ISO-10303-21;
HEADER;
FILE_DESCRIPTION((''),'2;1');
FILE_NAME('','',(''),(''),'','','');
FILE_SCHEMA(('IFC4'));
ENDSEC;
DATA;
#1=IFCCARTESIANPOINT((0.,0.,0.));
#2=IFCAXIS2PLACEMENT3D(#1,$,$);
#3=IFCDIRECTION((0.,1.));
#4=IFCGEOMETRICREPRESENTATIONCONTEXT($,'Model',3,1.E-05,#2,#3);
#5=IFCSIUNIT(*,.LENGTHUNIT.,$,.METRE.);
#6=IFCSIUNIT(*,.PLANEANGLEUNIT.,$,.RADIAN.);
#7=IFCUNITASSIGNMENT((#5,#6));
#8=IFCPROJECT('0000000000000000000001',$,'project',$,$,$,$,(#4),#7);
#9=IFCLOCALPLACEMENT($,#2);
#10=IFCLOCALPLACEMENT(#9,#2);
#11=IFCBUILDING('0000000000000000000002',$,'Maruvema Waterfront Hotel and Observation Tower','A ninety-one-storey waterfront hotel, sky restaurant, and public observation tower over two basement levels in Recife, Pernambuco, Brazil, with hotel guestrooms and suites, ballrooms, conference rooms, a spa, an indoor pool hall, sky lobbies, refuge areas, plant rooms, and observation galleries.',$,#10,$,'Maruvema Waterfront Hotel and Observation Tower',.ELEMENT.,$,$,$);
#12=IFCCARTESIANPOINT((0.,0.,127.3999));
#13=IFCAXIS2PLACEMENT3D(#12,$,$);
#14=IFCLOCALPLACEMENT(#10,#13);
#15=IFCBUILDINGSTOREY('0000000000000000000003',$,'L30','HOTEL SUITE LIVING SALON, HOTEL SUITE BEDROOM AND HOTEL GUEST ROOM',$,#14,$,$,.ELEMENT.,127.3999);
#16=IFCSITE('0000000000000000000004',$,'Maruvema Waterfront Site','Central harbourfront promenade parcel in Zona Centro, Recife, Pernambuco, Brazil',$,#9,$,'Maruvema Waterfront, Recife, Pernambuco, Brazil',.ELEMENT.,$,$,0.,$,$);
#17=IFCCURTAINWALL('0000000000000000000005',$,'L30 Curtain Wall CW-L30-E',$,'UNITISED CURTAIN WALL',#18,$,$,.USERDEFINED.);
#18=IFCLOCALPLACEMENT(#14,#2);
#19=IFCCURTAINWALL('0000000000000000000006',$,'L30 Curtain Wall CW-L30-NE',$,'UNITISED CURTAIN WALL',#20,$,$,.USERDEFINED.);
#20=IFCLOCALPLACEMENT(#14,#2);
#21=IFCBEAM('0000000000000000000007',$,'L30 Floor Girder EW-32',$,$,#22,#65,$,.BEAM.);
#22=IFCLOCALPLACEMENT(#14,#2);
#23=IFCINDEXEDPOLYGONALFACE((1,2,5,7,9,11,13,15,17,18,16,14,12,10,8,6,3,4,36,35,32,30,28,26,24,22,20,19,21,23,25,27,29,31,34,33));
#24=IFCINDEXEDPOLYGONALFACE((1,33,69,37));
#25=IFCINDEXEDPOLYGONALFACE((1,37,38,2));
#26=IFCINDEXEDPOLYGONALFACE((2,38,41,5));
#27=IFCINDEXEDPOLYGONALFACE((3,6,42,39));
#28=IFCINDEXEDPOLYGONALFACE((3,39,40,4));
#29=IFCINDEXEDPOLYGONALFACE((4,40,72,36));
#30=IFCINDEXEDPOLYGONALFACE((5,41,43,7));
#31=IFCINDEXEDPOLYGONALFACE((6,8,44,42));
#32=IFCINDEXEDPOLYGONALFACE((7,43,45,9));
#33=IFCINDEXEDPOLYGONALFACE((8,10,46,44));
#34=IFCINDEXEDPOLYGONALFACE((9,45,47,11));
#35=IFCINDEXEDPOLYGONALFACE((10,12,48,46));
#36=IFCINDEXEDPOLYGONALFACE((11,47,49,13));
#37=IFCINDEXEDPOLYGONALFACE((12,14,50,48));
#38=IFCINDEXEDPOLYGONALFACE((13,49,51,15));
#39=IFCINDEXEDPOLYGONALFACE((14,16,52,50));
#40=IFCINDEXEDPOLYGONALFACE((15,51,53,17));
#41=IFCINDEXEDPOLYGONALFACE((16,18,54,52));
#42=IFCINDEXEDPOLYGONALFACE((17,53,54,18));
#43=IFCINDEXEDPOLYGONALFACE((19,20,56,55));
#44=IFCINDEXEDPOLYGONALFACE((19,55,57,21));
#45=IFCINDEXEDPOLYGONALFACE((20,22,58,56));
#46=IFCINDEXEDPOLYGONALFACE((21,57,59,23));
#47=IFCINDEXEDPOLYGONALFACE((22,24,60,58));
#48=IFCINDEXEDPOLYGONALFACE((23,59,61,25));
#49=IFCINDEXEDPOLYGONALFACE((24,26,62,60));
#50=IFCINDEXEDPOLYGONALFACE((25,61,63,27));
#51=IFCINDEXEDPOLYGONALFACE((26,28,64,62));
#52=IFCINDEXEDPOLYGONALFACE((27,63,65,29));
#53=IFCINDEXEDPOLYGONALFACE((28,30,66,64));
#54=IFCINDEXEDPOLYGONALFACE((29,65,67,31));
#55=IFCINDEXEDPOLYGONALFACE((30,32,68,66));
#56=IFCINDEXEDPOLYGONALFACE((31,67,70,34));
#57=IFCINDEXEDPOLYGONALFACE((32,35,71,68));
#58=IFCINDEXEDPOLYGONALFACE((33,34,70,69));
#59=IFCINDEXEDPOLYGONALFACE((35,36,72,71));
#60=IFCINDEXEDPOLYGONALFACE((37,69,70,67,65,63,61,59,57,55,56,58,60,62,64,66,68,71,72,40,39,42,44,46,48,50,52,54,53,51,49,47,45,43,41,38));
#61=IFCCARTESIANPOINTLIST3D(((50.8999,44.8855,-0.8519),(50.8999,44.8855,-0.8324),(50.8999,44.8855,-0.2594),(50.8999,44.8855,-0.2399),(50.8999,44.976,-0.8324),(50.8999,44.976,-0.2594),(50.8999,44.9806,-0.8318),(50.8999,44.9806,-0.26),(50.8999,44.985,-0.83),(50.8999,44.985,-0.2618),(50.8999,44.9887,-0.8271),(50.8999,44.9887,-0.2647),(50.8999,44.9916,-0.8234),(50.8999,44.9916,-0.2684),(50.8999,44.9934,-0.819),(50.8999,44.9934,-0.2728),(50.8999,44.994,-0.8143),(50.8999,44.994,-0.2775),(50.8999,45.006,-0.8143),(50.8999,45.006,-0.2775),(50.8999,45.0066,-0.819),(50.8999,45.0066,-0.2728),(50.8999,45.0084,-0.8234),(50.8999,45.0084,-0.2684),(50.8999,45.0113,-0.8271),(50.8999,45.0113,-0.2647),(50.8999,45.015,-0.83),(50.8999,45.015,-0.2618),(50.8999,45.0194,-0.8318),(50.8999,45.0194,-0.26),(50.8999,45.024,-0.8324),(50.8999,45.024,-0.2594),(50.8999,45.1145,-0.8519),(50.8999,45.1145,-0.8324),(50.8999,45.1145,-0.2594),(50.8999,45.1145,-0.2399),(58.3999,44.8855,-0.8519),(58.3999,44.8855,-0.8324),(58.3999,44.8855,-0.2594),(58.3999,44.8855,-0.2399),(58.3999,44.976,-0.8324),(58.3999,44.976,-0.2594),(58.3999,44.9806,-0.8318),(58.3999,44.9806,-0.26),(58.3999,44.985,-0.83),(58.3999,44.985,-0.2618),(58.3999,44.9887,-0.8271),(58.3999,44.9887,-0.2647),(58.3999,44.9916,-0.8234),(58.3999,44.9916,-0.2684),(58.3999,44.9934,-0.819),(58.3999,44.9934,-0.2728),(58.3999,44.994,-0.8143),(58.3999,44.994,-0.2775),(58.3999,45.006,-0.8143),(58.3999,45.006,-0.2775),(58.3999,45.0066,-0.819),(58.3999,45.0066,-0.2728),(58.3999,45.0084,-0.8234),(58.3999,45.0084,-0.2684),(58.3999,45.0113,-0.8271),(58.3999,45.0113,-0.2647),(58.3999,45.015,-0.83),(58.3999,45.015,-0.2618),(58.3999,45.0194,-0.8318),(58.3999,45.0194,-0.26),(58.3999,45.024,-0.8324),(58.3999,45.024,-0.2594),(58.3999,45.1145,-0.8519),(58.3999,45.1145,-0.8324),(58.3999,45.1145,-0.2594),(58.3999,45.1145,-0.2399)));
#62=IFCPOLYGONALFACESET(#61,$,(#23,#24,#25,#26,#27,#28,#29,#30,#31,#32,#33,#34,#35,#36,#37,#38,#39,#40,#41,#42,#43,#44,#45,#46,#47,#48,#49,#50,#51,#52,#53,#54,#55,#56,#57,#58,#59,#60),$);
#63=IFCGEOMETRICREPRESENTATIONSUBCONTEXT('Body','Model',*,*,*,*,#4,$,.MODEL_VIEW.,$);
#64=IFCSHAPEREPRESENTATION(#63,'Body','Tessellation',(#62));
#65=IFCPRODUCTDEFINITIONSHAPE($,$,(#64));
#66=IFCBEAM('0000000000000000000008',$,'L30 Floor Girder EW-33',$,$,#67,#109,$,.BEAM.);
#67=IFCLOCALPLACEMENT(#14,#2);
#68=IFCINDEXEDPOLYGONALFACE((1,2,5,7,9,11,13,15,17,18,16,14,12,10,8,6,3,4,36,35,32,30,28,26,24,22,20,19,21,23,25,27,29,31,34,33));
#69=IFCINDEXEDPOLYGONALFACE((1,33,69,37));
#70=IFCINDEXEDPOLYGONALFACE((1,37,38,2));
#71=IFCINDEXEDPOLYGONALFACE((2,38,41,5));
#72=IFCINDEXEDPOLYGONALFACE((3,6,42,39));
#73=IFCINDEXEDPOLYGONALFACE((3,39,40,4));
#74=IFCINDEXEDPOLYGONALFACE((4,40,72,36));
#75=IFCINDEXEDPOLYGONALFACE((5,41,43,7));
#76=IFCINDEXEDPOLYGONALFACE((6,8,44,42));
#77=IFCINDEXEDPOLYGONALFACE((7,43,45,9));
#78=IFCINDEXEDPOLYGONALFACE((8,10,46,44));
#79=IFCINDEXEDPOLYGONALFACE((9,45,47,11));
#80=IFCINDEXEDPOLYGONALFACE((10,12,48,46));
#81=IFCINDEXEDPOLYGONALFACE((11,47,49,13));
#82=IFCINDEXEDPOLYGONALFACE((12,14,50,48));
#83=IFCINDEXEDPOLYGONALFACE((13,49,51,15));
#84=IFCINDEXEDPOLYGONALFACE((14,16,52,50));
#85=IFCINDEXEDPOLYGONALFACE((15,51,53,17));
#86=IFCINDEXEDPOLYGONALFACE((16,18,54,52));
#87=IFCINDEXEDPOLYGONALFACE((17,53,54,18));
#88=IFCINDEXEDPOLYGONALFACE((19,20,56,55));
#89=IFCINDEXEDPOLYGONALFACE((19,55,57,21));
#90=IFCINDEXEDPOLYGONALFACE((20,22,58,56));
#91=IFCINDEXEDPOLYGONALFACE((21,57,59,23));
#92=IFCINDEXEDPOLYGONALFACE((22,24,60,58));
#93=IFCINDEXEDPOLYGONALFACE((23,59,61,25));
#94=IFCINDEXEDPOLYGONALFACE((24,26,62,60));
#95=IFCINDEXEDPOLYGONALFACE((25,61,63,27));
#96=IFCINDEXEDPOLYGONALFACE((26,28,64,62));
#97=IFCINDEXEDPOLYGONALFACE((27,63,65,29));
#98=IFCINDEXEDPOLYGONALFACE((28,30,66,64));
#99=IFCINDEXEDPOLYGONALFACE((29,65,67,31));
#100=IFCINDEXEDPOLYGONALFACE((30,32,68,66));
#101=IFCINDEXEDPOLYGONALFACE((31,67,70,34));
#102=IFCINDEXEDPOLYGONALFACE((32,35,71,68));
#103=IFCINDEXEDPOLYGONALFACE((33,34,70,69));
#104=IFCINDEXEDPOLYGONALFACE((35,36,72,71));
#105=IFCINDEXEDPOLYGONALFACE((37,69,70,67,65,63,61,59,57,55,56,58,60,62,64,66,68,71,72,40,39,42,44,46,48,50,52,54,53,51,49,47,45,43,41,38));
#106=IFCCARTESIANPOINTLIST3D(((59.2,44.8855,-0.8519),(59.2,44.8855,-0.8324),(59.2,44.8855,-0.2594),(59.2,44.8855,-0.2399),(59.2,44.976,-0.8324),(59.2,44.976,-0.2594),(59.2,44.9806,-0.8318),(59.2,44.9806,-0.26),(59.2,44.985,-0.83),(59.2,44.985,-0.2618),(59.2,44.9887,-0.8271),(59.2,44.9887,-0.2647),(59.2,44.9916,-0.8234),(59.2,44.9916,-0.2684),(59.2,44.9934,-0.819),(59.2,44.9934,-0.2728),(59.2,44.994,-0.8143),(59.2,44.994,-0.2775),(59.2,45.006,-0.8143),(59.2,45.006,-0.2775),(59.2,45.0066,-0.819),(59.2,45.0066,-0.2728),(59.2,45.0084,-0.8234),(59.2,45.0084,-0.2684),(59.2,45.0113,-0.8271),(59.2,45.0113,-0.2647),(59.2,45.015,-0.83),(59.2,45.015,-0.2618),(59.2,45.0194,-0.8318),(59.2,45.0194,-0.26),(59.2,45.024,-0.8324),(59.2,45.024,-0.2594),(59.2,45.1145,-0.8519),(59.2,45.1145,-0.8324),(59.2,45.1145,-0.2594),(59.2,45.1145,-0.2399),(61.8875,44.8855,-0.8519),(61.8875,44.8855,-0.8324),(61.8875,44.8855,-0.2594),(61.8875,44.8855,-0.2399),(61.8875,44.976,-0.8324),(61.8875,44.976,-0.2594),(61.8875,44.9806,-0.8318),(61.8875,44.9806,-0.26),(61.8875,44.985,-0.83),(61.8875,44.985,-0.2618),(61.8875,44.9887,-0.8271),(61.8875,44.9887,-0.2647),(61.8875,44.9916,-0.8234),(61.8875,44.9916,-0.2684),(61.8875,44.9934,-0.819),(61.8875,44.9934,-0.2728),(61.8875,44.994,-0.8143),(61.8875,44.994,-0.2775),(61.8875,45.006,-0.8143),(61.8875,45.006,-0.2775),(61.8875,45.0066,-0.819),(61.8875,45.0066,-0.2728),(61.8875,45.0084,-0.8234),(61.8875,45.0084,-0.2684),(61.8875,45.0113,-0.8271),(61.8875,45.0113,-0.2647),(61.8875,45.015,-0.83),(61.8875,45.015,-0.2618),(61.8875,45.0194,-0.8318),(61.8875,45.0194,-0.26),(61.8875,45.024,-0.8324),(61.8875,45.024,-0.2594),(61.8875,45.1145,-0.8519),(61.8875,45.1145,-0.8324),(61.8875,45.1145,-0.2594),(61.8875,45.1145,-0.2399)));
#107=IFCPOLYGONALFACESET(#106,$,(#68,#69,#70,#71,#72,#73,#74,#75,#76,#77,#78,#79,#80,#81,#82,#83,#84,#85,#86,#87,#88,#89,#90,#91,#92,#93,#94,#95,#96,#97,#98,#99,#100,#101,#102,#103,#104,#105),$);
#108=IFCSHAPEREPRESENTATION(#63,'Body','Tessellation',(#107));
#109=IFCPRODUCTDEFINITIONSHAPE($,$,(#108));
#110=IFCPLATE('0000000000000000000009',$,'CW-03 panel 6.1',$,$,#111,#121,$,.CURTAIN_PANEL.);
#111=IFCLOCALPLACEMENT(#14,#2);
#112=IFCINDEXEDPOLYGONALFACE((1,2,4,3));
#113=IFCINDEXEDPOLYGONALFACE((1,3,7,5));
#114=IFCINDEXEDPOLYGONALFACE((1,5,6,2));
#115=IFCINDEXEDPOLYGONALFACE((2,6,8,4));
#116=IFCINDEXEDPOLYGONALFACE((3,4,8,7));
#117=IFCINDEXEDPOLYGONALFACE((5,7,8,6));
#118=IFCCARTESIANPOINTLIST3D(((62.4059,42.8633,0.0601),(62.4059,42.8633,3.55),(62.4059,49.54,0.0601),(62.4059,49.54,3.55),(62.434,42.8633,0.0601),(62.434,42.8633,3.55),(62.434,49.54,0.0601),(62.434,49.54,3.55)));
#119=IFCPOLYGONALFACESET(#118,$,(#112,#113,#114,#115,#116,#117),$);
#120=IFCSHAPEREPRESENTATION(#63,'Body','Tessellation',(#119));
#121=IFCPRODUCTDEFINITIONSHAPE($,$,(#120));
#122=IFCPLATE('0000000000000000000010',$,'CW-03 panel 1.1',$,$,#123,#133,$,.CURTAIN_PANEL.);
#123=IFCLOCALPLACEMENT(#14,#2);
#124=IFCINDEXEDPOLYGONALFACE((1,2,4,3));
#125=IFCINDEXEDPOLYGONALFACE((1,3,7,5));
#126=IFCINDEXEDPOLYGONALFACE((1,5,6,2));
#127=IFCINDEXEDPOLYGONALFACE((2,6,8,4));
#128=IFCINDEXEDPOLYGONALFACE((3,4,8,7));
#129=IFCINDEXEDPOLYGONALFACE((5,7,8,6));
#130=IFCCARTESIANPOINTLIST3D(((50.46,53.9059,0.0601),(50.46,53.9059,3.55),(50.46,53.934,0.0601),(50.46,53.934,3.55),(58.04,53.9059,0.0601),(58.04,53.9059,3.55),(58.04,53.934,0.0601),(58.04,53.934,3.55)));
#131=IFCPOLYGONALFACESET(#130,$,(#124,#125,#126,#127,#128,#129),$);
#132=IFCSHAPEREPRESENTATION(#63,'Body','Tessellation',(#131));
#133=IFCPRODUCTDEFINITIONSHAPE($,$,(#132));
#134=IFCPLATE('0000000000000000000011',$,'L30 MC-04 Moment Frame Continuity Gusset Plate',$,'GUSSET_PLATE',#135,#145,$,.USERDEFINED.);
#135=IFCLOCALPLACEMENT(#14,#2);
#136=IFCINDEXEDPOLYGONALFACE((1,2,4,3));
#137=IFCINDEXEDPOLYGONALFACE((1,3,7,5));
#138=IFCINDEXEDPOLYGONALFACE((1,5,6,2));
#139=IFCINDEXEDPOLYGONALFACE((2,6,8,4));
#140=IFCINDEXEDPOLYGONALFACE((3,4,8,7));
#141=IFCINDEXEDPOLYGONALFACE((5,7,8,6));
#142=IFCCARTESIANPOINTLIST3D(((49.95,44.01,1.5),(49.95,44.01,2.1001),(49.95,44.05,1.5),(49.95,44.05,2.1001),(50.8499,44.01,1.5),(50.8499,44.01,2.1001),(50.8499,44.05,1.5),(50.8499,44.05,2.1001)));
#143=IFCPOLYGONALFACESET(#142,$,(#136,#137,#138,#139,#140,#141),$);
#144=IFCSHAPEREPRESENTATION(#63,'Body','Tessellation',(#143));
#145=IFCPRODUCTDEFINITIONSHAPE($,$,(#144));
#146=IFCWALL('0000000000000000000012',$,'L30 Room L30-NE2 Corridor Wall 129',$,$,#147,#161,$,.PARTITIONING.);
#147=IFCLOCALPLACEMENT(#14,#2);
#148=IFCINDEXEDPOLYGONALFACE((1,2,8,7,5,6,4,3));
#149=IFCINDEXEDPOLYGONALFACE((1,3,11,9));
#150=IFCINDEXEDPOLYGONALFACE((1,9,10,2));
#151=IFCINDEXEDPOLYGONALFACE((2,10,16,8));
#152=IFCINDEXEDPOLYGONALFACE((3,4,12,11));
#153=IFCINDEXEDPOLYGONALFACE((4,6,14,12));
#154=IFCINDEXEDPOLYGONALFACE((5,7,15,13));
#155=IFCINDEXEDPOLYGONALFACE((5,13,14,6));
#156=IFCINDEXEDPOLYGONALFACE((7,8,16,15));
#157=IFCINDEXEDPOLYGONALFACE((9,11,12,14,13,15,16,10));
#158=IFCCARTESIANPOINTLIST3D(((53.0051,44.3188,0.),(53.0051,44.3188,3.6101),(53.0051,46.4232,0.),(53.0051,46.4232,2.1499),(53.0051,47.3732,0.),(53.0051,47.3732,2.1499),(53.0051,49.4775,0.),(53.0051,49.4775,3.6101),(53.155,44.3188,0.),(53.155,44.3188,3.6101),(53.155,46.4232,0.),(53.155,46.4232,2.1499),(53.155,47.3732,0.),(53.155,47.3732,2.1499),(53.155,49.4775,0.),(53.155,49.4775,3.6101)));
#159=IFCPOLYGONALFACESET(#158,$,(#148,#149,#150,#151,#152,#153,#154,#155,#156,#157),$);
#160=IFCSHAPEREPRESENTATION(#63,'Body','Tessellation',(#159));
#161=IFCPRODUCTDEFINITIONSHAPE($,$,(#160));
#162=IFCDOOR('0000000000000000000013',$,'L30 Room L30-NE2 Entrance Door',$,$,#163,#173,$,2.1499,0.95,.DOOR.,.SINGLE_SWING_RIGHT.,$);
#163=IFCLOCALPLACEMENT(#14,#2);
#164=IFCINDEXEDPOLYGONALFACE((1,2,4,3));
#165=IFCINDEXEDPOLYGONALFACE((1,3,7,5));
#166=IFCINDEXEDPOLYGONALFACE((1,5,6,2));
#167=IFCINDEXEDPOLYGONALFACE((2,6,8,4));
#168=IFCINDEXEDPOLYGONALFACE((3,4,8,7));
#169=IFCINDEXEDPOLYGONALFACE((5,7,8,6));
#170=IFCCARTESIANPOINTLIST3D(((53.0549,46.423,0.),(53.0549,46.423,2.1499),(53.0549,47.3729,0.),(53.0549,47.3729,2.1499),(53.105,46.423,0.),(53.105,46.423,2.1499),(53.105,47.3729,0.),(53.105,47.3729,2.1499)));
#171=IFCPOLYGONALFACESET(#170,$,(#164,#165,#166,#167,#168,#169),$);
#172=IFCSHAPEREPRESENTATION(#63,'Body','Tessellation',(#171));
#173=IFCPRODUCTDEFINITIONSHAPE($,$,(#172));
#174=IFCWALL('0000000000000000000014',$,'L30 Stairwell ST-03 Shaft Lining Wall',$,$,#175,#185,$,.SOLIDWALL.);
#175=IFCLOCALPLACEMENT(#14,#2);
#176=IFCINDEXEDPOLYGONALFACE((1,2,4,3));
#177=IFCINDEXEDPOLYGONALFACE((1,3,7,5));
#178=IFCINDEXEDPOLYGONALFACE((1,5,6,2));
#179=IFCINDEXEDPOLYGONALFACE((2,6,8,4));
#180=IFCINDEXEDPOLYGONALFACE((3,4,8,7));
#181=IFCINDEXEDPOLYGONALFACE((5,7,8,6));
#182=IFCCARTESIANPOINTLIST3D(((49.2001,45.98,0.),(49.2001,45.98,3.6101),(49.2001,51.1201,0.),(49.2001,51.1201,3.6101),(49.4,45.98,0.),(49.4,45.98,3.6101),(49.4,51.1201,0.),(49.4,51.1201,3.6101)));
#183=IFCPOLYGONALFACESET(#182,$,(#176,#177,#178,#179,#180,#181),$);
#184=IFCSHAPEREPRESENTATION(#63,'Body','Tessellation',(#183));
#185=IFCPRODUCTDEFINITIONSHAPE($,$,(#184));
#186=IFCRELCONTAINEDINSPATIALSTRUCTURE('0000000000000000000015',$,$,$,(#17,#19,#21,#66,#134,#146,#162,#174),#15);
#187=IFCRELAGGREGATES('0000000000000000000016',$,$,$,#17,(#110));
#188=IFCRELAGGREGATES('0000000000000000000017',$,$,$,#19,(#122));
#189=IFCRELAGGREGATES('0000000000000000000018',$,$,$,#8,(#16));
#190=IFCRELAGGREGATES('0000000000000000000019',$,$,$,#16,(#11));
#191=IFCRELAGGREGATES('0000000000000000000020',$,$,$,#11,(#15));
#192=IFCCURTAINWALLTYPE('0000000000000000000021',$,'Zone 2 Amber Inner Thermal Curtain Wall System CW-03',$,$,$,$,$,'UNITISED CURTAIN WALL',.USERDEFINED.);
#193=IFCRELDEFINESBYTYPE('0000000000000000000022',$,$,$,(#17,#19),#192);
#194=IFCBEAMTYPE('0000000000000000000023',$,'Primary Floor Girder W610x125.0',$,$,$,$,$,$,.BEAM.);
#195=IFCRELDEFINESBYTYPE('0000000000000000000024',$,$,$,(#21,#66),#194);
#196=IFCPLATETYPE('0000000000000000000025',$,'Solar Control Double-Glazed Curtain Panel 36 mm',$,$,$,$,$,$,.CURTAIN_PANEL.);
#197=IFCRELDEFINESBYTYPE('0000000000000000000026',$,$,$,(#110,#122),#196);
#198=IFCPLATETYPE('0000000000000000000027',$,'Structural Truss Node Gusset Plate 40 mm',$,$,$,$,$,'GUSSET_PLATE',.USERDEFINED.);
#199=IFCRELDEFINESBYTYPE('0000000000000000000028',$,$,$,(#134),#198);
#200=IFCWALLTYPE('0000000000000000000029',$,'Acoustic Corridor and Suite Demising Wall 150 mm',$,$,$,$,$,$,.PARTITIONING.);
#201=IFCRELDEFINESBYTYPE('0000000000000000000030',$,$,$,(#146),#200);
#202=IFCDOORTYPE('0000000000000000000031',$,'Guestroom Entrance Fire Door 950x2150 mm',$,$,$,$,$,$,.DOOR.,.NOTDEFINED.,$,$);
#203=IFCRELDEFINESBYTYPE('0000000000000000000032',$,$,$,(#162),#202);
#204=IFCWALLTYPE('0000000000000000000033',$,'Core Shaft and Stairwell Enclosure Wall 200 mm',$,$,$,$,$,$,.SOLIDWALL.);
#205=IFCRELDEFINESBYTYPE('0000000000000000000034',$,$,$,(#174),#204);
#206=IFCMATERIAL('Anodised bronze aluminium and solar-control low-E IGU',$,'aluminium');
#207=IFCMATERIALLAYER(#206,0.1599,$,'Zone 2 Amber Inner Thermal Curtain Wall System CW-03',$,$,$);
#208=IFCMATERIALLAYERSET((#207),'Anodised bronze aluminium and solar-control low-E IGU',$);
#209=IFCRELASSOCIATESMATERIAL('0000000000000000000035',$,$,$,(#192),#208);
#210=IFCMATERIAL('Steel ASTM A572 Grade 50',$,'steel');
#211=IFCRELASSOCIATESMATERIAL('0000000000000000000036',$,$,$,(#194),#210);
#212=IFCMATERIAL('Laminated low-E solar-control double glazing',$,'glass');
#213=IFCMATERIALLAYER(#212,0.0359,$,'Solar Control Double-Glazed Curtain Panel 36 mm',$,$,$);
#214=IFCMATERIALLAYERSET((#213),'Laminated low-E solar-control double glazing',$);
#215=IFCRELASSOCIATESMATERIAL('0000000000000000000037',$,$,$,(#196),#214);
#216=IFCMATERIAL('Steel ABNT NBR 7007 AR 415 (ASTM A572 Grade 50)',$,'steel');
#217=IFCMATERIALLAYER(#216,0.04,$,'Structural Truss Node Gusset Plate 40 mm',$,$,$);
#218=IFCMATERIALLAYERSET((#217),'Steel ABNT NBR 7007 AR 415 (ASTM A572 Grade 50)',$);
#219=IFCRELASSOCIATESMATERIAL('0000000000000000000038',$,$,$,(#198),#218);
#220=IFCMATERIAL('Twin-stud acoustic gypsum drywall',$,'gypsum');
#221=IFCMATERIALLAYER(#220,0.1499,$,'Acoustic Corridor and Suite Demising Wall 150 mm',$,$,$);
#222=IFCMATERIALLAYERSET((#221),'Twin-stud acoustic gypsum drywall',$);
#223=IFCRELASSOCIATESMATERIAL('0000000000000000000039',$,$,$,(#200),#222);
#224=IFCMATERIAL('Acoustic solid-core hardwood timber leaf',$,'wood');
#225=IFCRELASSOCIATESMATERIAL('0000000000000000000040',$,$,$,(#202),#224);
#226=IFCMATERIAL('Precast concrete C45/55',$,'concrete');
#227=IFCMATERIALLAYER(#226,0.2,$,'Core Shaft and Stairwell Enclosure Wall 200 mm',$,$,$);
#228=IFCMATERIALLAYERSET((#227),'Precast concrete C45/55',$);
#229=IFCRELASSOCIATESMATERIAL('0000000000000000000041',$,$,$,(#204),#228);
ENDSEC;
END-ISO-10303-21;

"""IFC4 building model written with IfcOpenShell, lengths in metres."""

from ifc_helpers import new_model, si_unit, direction, frame, frame_2d, origin, origin_2d, place, context, subcontext, project, spatial, rectangle, i_section, extrude, material, layer, layer_set, material_profile, profile_set, type_object, element, fill, aggregate, save


model = new_model("IFC4")

# Units and contexts
model_context = context("Model", 3, precision=1e-05, world=origin(), true_north=direction((0.0, 1.0)))
body_context = subcontext(model_context, "Body", "Model", "MODEL_VIEW")
ifc_project = project(units=[si_unit("LENGTHUNIT", "METRE"), si_unit("PLANEANGLEUNIT", "RADIAN")], contexts=[model_context])

# Site, building, storey
site_placement = place(None, origin())
site = spatial("IfcSite", under=ifc_project, at=site_placement, Name="Maruvema Waterfront Site", Description="Central harbourfront promenade parcel in Zona Centro, Recife, Pernambuco, Brazil", LongName="Maruvema Waterfront, Recife, Pernambuco, Brazil", CompositionType="ELEMENT", RefElevation=0.0)
building_placement = place(site_placement, origin())
building = spatial("IfcBuilding", under=site, at=building_placement, Name="Maruvema Waterfront Hotel and Observation Tower", Description="A ninety-one-storey waterfront hotel, sky restaurant, and public observation tower over two basement levels in Recife, Pernambuco, Brazil, with hotel guestrooms and suites, ballrooms, conference rooms, a spa, an indoor pool hall, sky lobbies, refuge areas, plant rooms, and observation galleries.", LongName="Maruvema Waterfront Hotel and Observation Tower", CompositionType="ELEMENT")
storey_placement = place(building_placement, frame((0.0, 0.0, 127.3999)))
storey = spatial("IfcBuildingStorey", under=building, at=storey_placement, Name="L30", Description="HOTEL SUITE LIVING SALON, HOTEL SUITE BEDROOM AND HOTEL GUEST ROOM", CompositionType="ELEMENT", Elevation=127.3999)

# Curtain wall
ifc_material_1 = material(Name="Anodised bronze aluminium and solar-control low-E IGU", Category="aluminium")
ifc_layer_1 = layer(ifc_material_1, 0.1599, Name="Zone 2 Amber Inner Thermal Curtain Wall System CW-03")
ifc_layer_set_1 = layer_set([ifc_layer_1], Name="Anodised bronze aluminium and solar-control low-E IGU")
curtain_wall_type = type_object("IfcCurtainWallType", Name="Zone 2 Amber Inner Thermal Curtain Wall System CW-03", ElementType="UNITISED CURTAIN WALL", PredefinedType="USERDEFINED", material=ifc_layer_set_1)
curtain_wall_1_placement = place(storey_placement, origin())
curtain_wall_1 = element("IfcCurtainWall", 1, at=curtain_wall_1_placement, inside=storey, type_object=curtain_wall_type, Name="L30 Curtain Wall CW-L30-E", ObjectType="UNITISED CURTAIN WALL", PredefinedType="USERDEFINED")

# Curtain wall
curtain_wall_2_placement = place(storey_placement, origin())
curtain_wall_2 = element("IfcCurtainWall", 2, at=curtain_wall_2_placement, inside=storey, type_object=curtain_wall_type, Name="L30 Curtain Wall CW-L30-NE", ObjectType="UNITISED CURTAIN WALL", PredefinedType="USERDEFINED")

# Beams
ifc_material_2 = material(Name="Steel ASTM A572 Grade 50", Category="steel")
ifc_material_profile_1 = material_profile(ifc_material_2, i_section(OverallWidth=0.229, OverallDepth=0.6121, WebThickness=0.012, FlangeThickness=0.0195, FilletRadius=0.0181, at=origin_2d()), Name="W610x125.0")
ifc_profile_set_1 = profile_set([ifc_material_profile_1], Name="Steel ASTM A572 Grade 50")
beam_type = type_object("IfcBeamType", Name="Primary Floor Girder W610x125.0", PredefinedType="BEAM", material=ifc_profile_set_1)
beam_1_placement = place(storey_placement, frame((50.8999, 45.0, -0.5459), z_axis=(1.0, 0.0, 0.0), x_axis=(0.0, 1.0, 0.0)))
element("IfcBeam", 3, at=beam_1_placement, inside=storey, type_object=beam_type, Name="L30 Floor Girder EW-32", PredefinedType="BEAM", context=body_context, shape_type="SweptSolid", body=[
    extrude(i_section(OverallWidth=0.229, OverallDepth=0.6121, WebThickness=0.012, FlangeThickness=0.0195, FilletRadius=0.0181, at=origin_2d()), origin(), (0.0, 0.0, 1.0), 7.5),
])
beam_2_placement = place(storey_placement, frame((59.2, 45.0, -0.5459), z_axis=(1.0, 0.0, 0.0), x_axis=(0.0, 1.0, 0.0)))
element("IfcBeam", 4, at=beam_2_placement, inside=storey, type_object=beam_type, Name="L30 Floor Girder EW-33", PredefinedType="BEAM", context=body_context, shape_type="SweptSolid", body=[
    extrude(i_section(OverallWidth=0.229, OverallDepth=0.6121, WebThickness=0.012, FlangeThickness=0.0195, FilletRadius=0.0181, at=origin_2d()), origin(), (0.0, 0.0, 1.0), 2.6875),
])

# Plates
ifc_material_3 = material(Name="Laminated low-E solar-control double glazing", Category="glass")
ifc_layer_2 = layer(ifc_material_3, 0.0359, Name="Solar Control Double-Glazed Curtain Panel 36 mm")
ifc_layer_set_2 = layer_set([ifc_layer_2], Name="Laminated low-E solar-control double glazing")
plate_type_1 = type_object("IfcPlateType", Name="Solar Control Double-Glazed Curtain Panel 36 mm", PredefinedType="CURTAIN_PANEL", material=ifc_layer_set_2)
plate_1_placement = place(storey_placement, frame((62.4199, 46.2017, 0.0601), z_axis=(0.0, 0.0, 1.0), x_axis=(0.0, 1.0, 0.0)))
plate_1 = element("IfcPlate", 5, at=plate_1_placement, type_object=plate_type_1, Name="CW-03 panel 6.1", PredefinedType="CURTAIN_PANEL", context=body_context, shape_type="SweptSolid", body=[
    extrude(rectangle(XDim=6.6768, YDim=0.0281, at=origin_2d()), origin(), (0.0, 0.0, 1.0), 3.49),
])
aggregate(curtain_wall_1, [plate_1])
plate_2_placement = place(storey_placement, frame((54.25, 53.9199, 0.0601), z_axis=(0.0, 0.0, 1.0), x_axis=(-1.0, 0.0, 0.0)))
plate_2 = element("IfcPlate", 6, at=plate_2_placement, type_object=plate_type_1, Name="CW-03 panel 1.1", PredefinedType="CURTAIN_PANEL", context=body_context, shape_type="SweptSolid", body=[
    extrude(rectangle(XDim=7.5801, YDim=0.0281, at=origin_2d()), origin(), (0.0, 0.0, 1.0), 3.49),
])
aggregate(curtain_wall_2, [plate_2])
ifc_material_4 = material(Name="Steel ABNT NBR 7007 AR 415 (ASTM A572 Grade 50)", Category="steel")
ifc_layer_3 = layer(ifc_material_4, 0.04, Name="Structural Truss Node Gusset Plate 40 mm")
ifc_layer_set_3 = layer_set([ifc_layer_3], Name="Steel ABNT NBR 7007 AR 415 (ASTM A572 Grade 50)")
plate_type_2 = type_object("IfcPlateType", Name="Structural Truss Node Gusset Plate 40 mm", ElementType="GUSSET_PLATE", PredefinedType="USERDEFINED", material=ifc_layer_set_3)
plate_3_placement = place(storey_placement, frame((50.3999, 44.03, 1.5), z_axis=(0.0, 0.0, 1.0), x_axis=(1.0, 0.0, 0.0)))
element("IfcPlate", 7, at=plate_3_placement, inside=storey, type_object=plate_type_2, Name="L30 MC-04 Moment Frame Continuity Gusset Plate", ObjectType="GUSSET_PLATE", PredefinedType="USERDEFINED", context=body_context, shape_type="SweptSolid", body=[
    extrude(rectangle(XDim=0.8999, YDim=0.04, at=origin_2d()), origin(), (0.0, 0.0, 1.0), 0.6001),
])

# Wall, opening, door
ifc_material_5 = material(Name="Twin-stud acoustic gypsum drywall", Category="gypsum")
ifc_layer_4 = layer(ifc_material_5, 0.1499, Name="Acoustic Corridor and Suite Demising Wall 150 mm")
ifc_layer_set_4 = layer_set([ifc_layer_4], Name="Twin-stud acoustic gypsum drywall")
wall_type_1 = type_object("IfcWallType", Name="Acoustic Corridor and Suite Demising Wall 150 mm", PredefinedType="PARTITIONING", material=ifc_layer_set_4)
wall_1_placement = place(storey_placement, frame((53.0801, 44.3188, 0.0), z_axis=(0.0, 0.0, 1.0), x_axis=(0.0, 1.0, 0.0)))
wall_1 = element("IfcWall", 8, at=wall_1_placement, inside=storey, type_object=wall_type_1, Name="L30 Room L30-NE2 Corridor Wall 129", PredefinedType="PARTITIONING", context=body_context, shape_type="SweptSolid", body=[
    extrude(rectangle(XDim=5.1587, YDim=0.1499, at=frame_2d((2.5793, 0.0))), origin(), (0.0, 0.0, 1.0), 3.6101),
])
opening_1_placement = place(wall_1_placement, frame((2.1042, 0.0, 0.0)))
opening_1 = element("IfcOpeningElement", 9, at=opening_1_placement, cuts=wall_1, PredefinedType="OPENING", context=body_context, shape_type="SweptSolid", body=[
    extrude(rectangle(XDim=0.95, YDim=2.1499, at=frame_2d((0.4751, 1.075))), frame((0.0, 0.085, 0.0), z_axis=(0.0, -1.0, 0.0), x_axis=(1.0, 0.0, 0.0)), (0.0, 0.0, 1.0), 0.1699),
])
ifc_material_6 = material(Name="Acoustic solid-core hardwood timber leaf", Category="wood")
door_type_1 = type_object("IfcDoorType", Name="Guestroom Entrance Fire Door 950x2150 mm", OperationType="NOTDEFINED", PredefinedType="DOOR", material=ifc_material_6)
door_1_placement = place(opening_1_placement, frame((0.95, 0.0, 0.0), z_axis=(0.0, 0.0, 1.0), x_axis=(-1.0, 0.0, 0.0)))
door_1 = element("IfcDoor", 10, at=door_1_placement, inside=storey, type_object=door_type_1, Name="L30 Room L30-NE2 Entrance Door", OperationType="SINGLE_SWING_RIGHT", OverallHeight=2.1499, OverallWidth=0.95, PredefinedType="DOOR", context=body_context, shape_type="SweptSolid", body=[
    extrude(rectangle(XDim=0.95, YDim=2.1499, at=frame_2d((0.4751, 1.075))), frame((0.0, 0.0249, 0.0), z_axis=(0.0, -1.0, 0.0), x_axis=(1.0, 0.0, 0.0)), (0.0, 0.0, 1.0), 0.05),
])
fill(opening_1, door_1)

# Wall
ifc_material_7 = material(Name="Precast concrete C45/55", Category="concrete")
ifc_layer_5 = layer(ifc_material_7, 0.2, Name="Core Shaft and Stairwell Enclosure Wall 200 mm")
ifc_layer_set_5 = layer_set([ifc_layer_5], Name="Precast concrete C45/55")
wall_type_2 = type_object("IfcWallType", Name="Core Shaft and Stairwell Enclosure Wall 200 mm", PredefinedType="SOLIDWALL", material=ifc_layer_set_5)
wall_2_placement = place(storey_placement, frame((49.3, 45.98, 0.0), z_axis=(0.0, 0.0, 1.0), x_axis=(0.0, 1.0, 0.0)))
element("IfcWall", 11, at=wall_2_placement, inside=storey, type_object=wall_type_2, Name="L30 Stairwell ST-03 Shaft Lining Wall", PredefinedType="SOLIDWALL", context=body_context, shape_type="SweptSolid", body=[
    extrude(rectangle(XDim=5.1401, YDim=0.2, at=frame_2d((2.5701, 0.0))), origin(), (0.0, 0.0, 1.0), 3.6101),
])

save(model, "model.ifc")
